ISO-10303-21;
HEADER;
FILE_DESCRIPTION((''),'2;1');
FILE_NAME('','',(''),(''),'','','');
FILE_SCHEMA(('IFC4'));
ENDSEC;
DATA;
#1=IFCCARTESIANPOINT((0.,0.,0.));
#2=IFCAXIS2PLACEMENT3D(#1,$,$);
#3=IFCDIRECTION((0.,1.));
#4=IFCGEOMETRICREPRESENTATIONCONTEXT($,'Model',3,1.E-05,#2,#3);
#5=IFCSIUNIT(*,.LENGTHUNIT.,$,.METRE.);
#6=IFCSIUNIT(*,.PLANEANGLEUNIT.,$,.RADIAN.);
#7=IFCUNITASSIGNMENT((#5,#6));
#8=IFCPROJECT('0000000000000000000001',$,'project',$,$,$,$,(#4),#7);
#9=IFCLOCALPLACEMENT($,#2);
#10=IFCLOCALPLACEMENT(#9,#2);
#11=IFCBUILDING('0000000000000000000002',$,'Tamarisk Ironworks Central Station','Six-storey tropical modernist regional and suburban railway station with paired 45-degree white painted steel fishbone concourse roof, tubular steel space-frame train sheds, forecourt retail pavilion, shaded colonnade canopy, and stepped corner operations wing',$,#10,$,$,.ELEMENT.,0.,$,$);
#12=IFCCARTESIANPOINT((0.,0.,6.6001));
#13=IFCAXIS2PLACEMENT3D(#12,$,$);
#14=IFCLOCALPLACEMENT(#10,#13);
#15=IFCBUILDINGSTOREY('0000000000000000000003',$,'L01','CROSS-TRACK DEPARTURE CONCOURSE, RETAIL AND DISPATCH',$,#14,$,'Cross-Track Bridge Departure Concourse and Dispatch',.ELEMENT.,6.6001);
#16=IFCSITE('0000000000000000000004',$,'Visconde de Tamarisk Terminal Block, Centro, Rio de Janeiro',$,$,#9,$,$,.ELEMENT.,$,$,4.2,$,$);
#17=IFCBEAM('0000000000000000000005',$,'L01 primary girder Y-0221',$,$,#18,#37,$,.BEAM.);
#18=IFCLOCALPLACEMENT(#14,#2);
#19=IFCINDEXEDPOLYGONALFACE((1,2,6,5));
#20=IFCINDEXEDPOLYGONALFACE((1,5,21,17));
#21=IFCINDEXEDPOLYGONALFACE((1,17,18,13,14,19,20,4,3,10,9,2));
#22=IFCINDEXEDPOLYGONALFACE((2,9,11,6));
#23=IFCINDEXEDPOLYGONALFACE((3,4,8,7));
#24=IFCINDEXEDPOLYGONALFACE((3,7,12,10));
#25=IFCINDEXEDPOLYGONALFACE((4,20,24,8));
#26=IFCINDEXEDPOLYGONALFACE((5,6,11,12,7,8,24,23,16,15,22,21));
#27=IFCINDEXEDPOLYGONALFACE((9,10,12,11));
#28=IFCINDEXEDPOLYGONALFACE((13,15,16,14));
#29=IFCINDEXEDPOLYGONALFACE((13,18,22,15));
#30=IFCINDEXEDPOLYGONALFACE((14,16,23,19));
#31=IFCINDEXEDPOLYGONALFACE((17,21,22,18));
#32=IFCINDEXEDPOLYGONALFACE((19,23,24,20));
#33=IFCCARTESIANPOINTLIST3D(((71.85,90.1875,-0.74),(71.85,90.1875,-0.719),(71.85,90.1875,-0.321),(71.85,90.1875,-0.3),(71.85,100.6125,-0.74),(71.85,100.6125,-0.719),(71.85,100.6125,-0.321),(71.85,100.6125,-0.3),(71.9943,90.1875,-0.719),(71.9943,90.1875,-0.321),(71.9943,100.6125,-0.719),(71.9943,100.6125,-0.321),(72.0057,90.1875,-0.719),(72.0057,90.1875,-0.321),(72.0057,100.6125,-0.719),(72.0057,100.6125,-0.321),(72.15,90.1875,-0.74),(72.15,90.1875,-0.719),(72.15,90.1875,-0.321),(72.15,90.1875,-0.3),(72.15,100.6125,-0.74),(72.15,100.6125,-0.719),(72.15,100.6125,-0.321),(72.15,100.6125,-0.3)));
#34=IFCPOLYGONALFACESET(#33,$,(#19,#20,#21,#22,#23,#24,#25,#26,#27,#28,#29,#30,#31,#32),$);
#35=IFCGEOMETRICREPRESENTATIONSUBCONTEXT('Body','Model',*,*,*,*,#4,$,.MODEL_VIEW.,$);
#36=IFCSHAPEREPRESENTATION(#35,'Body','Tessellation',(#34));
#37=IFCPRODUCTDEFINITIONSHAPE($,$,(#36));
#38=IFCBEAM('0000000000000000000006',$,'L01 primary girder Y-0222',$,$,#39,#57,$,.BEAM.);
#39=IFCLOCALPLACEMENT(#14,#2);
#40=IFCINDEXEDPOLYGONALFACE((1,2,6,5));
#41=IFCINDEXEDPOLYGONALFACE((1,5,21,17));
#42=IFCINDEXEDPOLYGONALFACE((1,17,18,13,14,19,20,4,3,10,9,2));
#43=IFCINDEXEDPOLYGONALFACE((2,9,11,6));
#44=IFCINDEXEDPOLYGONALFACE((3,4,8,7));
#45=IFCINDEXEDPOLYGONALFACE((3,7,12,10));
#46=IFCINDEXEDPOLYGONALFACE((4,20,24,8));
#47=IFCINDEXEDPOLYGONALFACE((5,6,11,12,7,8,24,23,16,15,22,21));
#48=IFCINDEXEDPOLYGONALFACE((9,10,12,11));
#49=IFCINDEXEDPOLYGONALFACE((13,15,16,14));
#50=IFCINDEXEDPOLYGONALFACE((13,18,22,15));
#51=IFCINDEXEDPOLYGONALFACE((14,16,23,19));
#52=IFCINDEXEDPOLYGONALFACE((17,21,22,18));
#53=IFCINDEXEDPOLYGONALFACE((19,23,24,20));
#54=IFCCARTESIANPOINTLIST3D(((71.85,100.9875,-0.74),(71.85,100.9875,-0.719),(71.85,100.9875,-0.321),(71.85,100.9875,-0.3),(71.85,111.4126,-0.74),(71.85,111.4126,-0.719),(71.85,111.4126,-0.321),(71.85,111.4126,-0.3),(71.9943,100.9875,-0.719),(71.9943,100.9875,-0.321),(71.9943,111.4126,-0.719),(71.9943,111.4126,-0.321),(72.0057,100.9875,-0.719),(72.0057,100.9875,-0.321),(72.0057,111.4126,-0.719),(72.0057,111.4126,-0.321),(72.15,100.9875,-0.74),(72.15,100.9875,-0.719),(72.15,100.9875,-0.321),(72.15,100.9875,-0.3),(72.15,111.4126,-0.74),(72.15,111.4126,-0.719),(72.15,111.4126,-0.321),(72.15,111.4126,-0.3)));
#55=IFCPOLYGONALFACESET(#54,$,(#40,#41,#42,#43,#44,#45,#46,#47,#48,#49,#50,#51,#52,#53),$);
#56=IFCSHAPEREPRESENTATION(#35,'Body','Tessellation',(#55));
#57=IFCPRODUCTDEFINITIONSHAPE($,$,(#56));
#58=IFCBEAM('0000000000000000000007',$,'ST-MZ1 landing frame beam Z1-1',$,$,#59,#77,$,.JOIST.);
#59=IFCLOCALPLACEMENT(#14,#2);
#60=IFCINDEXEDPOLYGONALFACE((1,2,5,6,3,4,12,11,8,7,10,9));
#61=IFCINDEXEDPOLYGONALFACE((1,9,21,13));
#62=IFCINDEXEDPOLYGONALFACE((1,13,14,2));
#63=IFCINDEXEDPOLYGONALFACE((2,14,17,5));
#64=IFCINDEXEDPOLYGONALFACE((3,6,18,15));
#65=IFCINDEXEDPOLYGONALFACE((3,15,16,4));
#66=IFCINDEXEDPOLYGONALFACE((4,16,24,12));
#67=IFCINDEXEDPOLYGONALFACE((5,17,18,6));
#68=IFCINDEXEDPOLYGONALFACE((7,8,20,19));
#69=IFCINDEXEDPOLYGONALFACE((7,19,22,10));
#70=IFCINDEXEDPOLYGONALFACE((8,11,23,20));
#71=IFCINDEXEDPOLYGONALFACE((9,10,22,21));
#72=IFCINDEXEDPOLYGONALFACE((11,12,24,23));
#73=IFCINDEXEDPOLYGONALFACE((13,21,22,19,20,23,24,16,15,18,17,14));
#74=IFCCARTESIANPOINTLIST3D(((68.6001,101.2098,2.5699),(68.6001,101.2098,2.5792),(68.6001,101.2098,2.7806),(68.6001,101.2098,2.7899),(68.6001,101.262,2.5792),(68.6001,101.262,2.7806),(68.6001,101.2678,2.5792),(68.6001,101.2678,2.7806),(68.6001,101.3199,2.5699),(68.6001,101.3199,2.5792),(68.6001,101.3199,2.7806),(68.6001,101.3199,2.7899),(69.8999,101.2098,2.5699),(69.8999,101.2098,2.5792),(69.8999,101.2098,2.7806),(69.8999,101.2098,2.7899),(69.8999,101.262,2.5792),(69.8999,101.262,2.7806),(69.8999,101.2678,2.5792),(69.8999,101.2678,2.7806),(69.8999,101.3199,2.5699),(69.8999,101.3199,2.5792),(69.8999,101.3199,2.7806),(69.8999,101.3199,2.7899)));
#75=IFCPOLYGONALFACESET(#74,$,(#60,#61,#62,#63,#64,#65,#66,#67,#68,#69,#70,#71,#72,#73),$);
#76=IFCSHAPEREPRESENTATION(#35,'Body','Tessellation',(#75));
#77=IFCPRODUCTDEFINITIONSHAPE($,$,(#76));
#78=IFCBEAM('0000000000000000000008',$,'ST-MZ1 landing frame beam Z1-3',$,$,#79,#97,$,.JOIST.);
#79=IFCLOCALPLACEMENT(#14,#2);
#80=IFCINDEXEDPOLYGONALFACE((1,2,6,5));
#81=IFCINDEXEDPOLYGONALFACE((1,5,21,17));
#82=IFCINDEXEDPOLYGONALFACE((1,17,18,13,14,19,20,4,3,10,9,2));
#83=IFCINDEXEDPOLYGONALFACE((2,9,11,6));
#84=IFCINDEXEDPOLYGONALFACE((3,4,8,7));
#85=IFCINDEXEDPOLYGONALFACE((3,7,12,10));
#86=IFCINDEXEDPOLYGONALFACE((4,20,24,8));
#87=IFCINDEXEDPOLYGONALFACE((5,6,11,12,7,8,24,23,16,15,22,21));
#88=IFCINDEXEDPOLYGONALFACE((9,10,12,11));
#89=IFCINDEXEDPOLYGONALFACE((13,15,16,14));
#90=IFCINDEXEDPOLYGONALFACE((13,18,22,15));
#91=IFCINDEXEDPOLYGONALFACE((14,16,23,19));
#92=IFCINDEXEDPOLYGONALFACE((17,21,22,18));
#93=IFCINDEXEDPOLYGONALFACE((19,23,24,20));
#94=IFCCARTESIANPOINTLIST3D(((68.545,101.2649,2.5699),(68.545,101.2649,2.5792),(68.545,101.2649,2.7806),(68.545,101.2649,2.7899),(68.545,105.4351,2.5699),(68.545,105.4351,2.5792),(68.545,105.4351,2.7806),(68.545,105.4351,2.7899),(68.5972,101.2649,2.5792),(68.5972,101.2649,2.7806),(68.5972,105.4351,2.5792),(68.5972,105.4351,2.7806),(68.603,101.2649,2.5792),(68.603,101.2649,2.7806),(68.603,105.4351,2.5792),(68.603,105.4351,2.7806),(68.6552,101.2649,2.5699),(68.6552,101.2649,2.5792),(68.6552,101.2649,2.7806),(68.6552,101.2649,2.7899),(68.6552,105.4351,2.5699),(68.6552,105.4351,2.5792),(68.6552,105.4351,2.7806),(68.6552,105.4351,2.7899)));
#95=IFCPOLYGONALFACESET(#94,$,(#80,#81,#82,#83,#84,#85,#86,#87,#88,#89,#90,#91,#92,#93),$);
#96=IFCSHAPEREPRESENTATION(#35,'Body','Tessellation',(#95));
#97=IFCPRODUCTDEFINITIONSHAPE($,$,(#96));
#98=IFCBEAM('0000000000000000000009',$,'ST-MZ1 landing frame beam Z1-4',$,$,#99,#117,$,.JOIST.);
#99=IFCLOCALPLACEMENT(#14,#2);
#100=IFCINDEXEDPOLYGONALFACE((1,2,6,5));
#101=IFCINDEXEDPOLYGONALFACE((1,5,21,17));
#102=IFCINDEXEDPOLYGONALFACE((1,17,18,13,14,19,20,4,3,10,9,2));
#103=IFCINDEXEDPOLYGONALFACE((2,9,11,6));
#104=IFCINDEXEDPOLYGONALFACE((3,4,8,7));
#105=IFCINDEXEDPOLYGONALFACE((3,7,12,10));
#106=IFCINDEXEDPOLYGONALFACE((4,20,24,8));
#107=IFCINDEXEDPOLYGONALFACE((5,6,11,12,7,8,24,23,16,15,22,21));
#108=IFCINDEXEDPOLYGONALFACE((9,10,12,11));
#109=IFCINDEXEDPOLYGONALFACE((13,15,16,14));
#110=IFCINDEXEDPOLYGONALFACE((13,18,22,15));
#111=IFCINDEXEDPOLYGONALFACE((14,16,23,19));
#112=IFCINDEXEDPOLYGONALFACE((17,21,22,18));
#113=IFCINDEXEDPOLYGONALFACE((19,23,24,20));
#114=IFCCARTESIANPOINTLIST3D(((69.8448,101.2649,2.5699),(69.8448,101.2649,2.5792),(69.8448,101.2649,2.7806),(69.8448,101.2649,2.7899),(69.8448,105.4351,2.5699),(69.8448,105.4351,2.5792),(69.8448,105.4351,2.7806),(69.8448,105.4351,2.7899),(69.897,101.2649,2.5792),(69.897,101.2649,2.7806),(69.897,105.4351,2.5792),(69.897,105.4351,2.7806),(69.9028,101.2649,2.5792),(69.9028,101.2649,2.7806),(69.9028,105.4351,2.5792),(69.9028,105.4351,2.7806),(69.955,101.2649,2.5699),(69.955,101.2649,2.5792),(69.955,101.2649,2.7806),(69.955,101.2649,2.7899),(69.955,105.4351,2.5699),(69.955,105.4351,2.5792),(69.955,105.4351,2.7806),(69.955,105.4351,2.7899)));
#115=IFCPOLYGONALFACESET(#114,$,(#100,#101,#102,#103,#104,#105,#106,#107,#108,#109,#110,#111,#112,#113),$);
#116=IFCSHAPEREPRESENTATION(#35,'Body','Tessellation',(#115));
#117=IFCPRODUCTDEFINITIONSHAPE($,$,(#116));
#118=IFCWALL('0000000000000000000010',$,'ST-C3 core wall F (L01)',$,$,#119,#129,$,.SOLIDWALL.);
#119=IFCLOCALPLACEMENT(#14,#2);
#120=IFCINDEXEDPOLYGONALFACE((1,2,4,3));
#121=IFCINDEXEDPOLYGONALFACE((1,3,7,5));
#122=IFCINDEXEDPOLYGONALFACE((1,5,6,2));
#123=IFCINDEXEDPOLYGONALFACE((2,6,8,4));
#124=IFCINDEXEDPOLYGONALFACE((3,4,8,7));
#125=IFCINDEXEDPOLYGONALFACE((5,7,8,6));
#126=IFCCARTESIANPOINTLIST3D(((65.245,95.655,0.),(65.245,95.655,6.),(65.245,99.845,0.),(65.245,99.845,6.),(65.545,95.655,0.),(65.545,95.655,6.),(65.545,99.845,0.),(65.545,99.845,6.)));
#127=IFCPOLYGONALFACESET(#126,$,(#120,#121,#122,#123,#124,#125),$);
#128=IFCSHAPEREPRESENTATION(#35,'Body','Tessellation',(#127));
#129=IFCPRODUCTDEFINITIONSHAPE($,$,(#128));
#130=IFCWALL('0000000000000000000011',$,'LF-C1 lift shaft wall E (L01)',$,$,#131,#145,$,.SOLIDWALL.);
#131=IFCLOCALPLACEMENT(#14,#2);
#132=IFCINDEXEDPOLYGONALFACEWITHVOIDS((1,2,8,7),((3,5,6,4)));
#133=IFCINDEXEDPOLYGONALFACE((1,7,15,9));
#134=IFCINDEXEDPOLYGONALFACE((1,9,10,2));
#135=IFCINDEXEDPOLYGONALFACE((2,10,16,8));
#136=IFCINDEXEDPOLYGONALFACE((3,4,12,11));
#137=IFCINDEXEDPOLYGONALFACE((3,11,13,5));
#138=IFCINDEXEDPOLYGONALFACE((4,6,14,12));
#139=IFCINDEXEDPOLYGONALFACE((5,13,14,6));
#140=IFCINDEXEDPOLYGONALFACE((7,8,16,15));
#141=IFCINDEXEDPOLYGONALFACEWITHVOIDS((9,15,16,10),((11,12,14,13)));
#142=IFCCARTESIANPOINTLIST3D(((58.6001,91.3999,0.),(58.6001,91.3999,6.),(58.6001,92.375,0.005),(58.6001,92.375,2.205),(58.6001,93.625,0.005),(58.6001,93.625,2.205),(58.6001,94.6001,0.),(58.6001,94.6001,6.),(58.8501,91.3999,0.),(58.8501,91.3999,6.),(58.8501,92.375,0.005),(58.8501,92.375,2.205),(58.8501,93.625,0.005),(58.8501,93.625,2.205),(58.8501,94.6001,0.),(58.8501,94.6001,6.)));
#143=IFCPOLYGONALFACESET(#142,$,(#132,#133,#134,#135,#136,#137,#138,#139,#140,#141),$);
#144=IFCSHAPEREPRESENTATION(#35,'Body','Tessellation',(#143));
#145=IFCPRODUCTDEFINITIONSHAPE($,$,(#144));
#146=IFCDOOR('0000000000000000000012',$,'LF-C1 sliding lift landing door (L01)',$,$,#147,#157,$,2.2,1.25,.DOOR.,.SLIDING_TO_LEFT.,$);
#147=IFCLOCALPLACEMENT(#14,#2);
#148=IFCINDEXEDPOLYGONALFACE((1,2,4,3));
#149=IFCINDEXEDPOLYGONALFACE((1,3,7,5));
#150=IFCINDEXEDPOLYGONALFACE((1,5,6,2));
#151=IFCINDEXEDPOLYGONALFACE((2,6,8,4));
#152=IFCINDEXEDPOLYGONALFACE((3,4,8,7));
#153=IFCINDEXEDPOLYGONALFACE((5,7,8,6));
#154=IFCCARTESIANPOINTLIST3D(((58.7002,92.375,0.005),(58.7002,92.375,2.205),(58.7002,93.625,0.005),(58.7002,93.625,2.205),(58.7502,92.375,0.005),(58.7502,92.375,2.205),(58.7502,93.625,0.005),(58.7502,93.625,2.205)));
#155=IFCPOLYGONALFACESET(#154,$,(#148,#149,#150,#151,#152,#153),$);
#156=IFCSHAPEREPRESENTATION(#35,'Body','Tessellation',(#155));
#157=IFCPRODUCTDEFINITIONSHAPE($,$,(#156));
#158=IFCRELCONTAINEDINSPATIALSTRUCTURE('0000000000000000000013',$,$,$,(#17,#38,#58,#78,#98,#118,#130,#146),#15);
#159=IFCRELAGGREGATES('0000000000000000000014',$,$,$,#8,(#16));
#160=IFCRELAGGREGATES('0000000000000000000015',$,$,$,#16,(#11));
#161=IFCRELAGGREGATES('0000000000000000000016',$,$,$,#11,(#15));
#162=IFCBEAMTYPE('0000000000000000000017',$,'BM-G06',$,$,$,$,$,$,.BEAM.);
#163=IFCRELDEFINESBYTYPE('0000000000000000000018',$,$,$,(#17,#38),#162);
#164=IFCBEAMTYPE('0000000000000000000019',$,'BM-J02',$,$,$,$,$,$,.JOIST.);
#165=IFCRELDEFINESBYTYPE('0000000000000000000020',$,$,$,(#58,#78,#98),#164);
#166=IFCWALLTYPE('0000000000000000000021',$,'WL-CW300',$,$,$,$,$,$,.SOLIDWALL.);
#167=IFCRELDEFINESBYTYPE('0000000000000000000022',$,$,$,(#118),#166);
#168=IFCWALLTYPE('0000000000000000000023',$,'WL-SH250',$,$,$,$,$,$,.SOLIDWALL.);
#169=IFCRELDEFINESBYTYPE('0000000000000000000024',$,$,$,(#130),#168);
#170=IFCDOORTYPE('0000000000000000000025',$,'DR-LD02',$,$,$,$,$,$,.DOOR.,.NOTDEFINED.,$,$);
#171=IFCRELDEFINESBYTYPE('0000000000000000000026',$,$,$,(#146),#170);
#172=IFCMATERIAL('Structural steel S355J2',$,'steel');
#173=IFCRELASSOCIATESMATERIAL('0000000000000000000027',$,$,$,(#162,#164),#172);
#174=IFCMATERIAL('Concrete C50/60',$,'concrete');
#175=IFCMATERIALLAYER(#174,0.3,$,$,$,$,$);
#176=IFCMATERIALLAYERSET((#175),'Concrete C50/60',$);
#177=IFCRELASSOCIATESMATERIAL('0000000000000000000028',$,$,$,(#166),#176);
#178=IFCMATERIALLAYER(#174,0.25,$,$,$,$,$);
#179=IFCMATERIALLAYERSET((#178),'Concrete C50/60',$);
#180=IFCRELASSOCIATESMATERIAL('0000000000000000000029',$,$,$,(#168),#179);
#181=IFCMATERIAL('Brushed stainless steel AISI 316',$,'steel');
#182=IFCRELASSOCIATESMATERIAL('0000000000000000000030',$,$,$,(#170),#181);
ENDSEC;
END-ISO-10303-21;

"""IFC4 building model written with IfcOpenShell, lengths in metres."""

from ifc_helpers import new_model, si_unit, direction, frame, frame_2d, origin, origin_2d, place, context, subcontext, project, spatial, rectangle, i_section, extrude, material, layer, layer_set, material_profile, profile_set, type_object, element, fill, save


model = new_model("IFC4")

# Units and contexts
model_context = context("Model", 3, precision=1e-05, world=origin(), true_north=direction((0.0, 1.0)))
body_context = subcontext(model_context, "Body", "Model", "MODEL_VIEW")
ifc_project = project(units=[si_unit("LENGTHUNIT", "METRE"), si_unit("PLANEANGLEUNIT", "RADIAN")], contexts=[model_context])

# Site, building, storey
site_placement = place(None, origin())
site = spatial("IfcSite", under=ifc_project, at=site_placement, Name="Visconde de Tamarisk Terminal Block, Centro, Rio de Janeiro", CompositionType="ELEMENT", RefElevation=4.2)
building_placement = place(site_placement, origin())
building = spatial("IfcBuilding", under=site, at=building_placement, Name="Tamarisk Ironworks Central Station", Description="Six-storey tropical modernist regional and suburban railway station with paired 45-degree white painted steel fishbone concourse roof, tubular steel space-frame train sheds, forecourt retail pavilion, shaded colonnade canopy, and stepped corner operations wing", CompositionType="ELEMENT", ElevationOfRefHeight=0.0)
storey_placement = place(building_placement, frame((0.0, 0.0, 6.6001)))
storey = spatial("IfcBuildingStorey", under=building, at=storey_placement, Name="L01", Description="CROSS-TRACK DEPARTURE CONCOURSE, RETAIL AND DISPATCH", LongName="Cross-Track Bridge Departure Concourse and Dispatch", CompositionType="ELEMENT", Elevation=6.6001)

# Shared definitions
ifc_material_1 = material(Name="Structural steel S355J2", Category="steel")

# Beams
ifc_material_profile_1 = material_profile(ifc_material_1, i_section(OverallWidth=0.3, OverallDepth=0.4399, WebThickness=0.0115, FlangeThickness=0.021, at=origin_2d()), Name="HEA 450")
ifc_profile_set_1 = profile_set([ifc_material_profile_1], Name="Structural steel S355J2")
beam_type_1 = type_object("IfcBeamType", Name="BM-G06", PredefinedType="BEAM", material=ifc_profile_set_1)
for number, where, z_axis, x_axis, name in (
    (1, (72.0, 90.1875, -0.52), (0.0, 1.0, 0.0), (-1.0, 0.0, 0.0), "L01 primary girder Y-0221"),
    (2, (72.0, 100.9875, -0.52), (0.0, 1.0, 0.0), (-1.0, 0.0, 0.0), "L01 primary girder Y-0222"),
):
    element("IfcBeam", number, at=place(storey_placement, frame(where, z_axis=z_axis, x_axis=x_axis)), inside=storey, type_object=beam_type_1, Name=name, PredefinedType="BEAM", context=body_context, shape_type="SweptSolid", body=[
        extrude(i_section(OverallWidth=0.3, OverallDepth=0.4399, WebThickness=0.0115, FlangeThickness=0.021, at=origin_2d()), origin(), (0.0, 0.0, 1.0), 10.425),
    ])
ifc_material_profile_2 = material_profile(ifc_material_1, i_section(OverallWidth=0.1101, OverallDepth=0.22, WebThickness=0.0059, FlangeThickness=0.0093, at=origin_2d()), Name="IPE 220")
ifc_profile_set_2 = profile_set([ifc_material_profile_2], Name="Structural steel S355J2")
beam_type_2 = type_object("IfcBeamType", Name="BM-J02", PredefinedType="JOIST", material=ifc_profile_set_2)
beam_placement = place(storey_placement, frame((68.6001, 101.2649, 2.6799), z_axis=(1.0, 0.0, 0.0), x_axis=(0.0, 1.0, 0.0)))
element("IfcBeam", 3, at=beam_placement, inside=storey, type_object=beam_type_2, Name="ST-MZ1 landing frame beam Z1-1", PredefinedType="JOIST", context=body_context, shape_type="SweptSolid", body=[
    extrude(i_section(OverallWidth=0.1101, OverallDepth=0.22, WebThickness=0.0059, FlangeThickness=0.0093, at=origin_2d()), origin(), (0.0, 0.0, 1.0), 1.2998),
])
for number, where, z_axis, x_axis, name in (
    (4, (68.6001, 101.2649, 2.6799), (0.0, 1.0, 0.0), (-1.0, 0.0, 0.0), "ST-MZ1 landing frame beam Z1-3"),
    (5, (69.8999, 101.2649, 2.6799), (0.0, 1.0, 0.0), (-1.0, 0.0, 0.0), "ST-MZ1 landing frame beam Z1-4"),
):
    element("IfcBeam", number, at=place(storey_placement, frame(where, z_axis=z_axis, x_axis=x_axis)), inside=storey, type_object=beam_type_2, Name=name, PredefinedType="JOIST", context=body_context, shape_type="SweptSolid", body=[
        extrude(i_section(OverallWidth=0.1101, OverallDepth=0.22, WebThickness=0.0059, FlangeThickness=0.0093, at=origin_2d()), origin(), (0.0, 0.0, 1.0), 4.1702),
    ])

# Wall
ifc_material_2 = material(Name="Concrete C50/60", Category="concrete")
ifc_layer_1 = layer(ifc_material_2, 0.3)
ifc_layer_set_1 = layer_set([ifc_layer_1], Name="Concrete C50/60")
wall_type_1 = type_object("IfcWallType", Name="WL-CW300", PredefinedType="SOLIDWALL", material=ifc_layer_set_1)
wall_1_placement = place(storey_placement, frame((65.395, 95.655, 0.0), z_axis=(0.0, 0.0, 1.0), x_axis=(0.0, 1.0, 0.0)))
element("IfcWall", 6, at=wall_1_placement, inside=storey, type_object=wall_type_1, Name="ST-C3 core wall F (L01)", PredefinedType="SOLIDWALL", context=body_context, shape_type="SweptSolid", body=[
    extrude(rectangle(XDim=4.1899, YDim=0.3, at=frame_2d((2.095, 0.0))), origin(), (0.0, 0.0, 1.0), 6.0),
])

# Wall, opening, door
ifc_layer_2 = layer(ifc_material_2, 0.25)
ifc_layer_set_2 = layer_set([ifc_layer_2], Name="Concrete C50/60")
wall_type_2 = type_object("IfcWallType", Name="WL-SH250", PredefinedType="SOLIDWALL", material=ifc_layer_set_2)
wall_2_placement = place(storey_placement, frame((58.7251, 91.3999, 0.0), z_axis=(0.0, 0.0, 1.0), x_axis=(0.0, 1.0, 0.0)))
wall_2 = element("IfcWall", 7, at=wall_2_placement, inside=storey, type_object=wall_type_2, Name="LF-C1 lift shaft wall E (L01)", PredefinedType="SOLIDWALL", context=body_context, shape_type="SweptSolid", body=[
    extrude(rectangle(XDim=3.2002, YDim=0.25, at=frame_2d((1.6001, 0.0))), origin(), (0.0, 0.0, 1.0), 6.0),
])
opening_placement = place(wall_2_placement, frame((0.9751, 0.0, 0.0049)))
opening = element("IfcOpeningElement", 8, at=opening_placement, cuts=wall_2, PredefinedType="OPENING", context=body_context, shape_type="SweptSolid", body=[
    extrude(rectangle(XDim=1.25, YDim=2.2, at=frame_2d((0.625, 1.1001))), frame((0.0, 0.137, 0.0), z_axis=(0.0, -1.0, 0.0), x_axis=(1.0, 0.0, 0.0)), (0.0, 0.0, 1.0), 0.2739),
])
ifc_material_3 = material(Name="Brushed stainless steel AISI 316", Category="steel")
door_type = type_object("IfcDoorType", Name="DR-LD02", OperationType="NOTDEFINED", PredefinedType="DOOR", material=ifc_material_3)
door_placement = place(opening_placement, origin())
door = element("IfcDoor", 9, at=door_placement, inside=storey, type_object=door_type, Name="LF-C1 sliding lift landing door (L01)", OperationType="SLIDING_TO_LEFT", OverallHeight=2.2, OverallWidth=1.25, PredefinedType="DOOR", context=body_context, shape_type="SweptSolid", body=[
    extrude(rectangle(XDim=1.25, YDim=2.2, at=frame_2d((0.625, 1.1001))), frame((0.0, 0.0249, 0.0), z_axis=(0.0, -1.0, 0.0), x_axis=(1.0, 0.0, 0.0)), (0.0, 0.0, 1.0), 0.05),
])
fill(opening, door)

save(model, "model.ifc")
